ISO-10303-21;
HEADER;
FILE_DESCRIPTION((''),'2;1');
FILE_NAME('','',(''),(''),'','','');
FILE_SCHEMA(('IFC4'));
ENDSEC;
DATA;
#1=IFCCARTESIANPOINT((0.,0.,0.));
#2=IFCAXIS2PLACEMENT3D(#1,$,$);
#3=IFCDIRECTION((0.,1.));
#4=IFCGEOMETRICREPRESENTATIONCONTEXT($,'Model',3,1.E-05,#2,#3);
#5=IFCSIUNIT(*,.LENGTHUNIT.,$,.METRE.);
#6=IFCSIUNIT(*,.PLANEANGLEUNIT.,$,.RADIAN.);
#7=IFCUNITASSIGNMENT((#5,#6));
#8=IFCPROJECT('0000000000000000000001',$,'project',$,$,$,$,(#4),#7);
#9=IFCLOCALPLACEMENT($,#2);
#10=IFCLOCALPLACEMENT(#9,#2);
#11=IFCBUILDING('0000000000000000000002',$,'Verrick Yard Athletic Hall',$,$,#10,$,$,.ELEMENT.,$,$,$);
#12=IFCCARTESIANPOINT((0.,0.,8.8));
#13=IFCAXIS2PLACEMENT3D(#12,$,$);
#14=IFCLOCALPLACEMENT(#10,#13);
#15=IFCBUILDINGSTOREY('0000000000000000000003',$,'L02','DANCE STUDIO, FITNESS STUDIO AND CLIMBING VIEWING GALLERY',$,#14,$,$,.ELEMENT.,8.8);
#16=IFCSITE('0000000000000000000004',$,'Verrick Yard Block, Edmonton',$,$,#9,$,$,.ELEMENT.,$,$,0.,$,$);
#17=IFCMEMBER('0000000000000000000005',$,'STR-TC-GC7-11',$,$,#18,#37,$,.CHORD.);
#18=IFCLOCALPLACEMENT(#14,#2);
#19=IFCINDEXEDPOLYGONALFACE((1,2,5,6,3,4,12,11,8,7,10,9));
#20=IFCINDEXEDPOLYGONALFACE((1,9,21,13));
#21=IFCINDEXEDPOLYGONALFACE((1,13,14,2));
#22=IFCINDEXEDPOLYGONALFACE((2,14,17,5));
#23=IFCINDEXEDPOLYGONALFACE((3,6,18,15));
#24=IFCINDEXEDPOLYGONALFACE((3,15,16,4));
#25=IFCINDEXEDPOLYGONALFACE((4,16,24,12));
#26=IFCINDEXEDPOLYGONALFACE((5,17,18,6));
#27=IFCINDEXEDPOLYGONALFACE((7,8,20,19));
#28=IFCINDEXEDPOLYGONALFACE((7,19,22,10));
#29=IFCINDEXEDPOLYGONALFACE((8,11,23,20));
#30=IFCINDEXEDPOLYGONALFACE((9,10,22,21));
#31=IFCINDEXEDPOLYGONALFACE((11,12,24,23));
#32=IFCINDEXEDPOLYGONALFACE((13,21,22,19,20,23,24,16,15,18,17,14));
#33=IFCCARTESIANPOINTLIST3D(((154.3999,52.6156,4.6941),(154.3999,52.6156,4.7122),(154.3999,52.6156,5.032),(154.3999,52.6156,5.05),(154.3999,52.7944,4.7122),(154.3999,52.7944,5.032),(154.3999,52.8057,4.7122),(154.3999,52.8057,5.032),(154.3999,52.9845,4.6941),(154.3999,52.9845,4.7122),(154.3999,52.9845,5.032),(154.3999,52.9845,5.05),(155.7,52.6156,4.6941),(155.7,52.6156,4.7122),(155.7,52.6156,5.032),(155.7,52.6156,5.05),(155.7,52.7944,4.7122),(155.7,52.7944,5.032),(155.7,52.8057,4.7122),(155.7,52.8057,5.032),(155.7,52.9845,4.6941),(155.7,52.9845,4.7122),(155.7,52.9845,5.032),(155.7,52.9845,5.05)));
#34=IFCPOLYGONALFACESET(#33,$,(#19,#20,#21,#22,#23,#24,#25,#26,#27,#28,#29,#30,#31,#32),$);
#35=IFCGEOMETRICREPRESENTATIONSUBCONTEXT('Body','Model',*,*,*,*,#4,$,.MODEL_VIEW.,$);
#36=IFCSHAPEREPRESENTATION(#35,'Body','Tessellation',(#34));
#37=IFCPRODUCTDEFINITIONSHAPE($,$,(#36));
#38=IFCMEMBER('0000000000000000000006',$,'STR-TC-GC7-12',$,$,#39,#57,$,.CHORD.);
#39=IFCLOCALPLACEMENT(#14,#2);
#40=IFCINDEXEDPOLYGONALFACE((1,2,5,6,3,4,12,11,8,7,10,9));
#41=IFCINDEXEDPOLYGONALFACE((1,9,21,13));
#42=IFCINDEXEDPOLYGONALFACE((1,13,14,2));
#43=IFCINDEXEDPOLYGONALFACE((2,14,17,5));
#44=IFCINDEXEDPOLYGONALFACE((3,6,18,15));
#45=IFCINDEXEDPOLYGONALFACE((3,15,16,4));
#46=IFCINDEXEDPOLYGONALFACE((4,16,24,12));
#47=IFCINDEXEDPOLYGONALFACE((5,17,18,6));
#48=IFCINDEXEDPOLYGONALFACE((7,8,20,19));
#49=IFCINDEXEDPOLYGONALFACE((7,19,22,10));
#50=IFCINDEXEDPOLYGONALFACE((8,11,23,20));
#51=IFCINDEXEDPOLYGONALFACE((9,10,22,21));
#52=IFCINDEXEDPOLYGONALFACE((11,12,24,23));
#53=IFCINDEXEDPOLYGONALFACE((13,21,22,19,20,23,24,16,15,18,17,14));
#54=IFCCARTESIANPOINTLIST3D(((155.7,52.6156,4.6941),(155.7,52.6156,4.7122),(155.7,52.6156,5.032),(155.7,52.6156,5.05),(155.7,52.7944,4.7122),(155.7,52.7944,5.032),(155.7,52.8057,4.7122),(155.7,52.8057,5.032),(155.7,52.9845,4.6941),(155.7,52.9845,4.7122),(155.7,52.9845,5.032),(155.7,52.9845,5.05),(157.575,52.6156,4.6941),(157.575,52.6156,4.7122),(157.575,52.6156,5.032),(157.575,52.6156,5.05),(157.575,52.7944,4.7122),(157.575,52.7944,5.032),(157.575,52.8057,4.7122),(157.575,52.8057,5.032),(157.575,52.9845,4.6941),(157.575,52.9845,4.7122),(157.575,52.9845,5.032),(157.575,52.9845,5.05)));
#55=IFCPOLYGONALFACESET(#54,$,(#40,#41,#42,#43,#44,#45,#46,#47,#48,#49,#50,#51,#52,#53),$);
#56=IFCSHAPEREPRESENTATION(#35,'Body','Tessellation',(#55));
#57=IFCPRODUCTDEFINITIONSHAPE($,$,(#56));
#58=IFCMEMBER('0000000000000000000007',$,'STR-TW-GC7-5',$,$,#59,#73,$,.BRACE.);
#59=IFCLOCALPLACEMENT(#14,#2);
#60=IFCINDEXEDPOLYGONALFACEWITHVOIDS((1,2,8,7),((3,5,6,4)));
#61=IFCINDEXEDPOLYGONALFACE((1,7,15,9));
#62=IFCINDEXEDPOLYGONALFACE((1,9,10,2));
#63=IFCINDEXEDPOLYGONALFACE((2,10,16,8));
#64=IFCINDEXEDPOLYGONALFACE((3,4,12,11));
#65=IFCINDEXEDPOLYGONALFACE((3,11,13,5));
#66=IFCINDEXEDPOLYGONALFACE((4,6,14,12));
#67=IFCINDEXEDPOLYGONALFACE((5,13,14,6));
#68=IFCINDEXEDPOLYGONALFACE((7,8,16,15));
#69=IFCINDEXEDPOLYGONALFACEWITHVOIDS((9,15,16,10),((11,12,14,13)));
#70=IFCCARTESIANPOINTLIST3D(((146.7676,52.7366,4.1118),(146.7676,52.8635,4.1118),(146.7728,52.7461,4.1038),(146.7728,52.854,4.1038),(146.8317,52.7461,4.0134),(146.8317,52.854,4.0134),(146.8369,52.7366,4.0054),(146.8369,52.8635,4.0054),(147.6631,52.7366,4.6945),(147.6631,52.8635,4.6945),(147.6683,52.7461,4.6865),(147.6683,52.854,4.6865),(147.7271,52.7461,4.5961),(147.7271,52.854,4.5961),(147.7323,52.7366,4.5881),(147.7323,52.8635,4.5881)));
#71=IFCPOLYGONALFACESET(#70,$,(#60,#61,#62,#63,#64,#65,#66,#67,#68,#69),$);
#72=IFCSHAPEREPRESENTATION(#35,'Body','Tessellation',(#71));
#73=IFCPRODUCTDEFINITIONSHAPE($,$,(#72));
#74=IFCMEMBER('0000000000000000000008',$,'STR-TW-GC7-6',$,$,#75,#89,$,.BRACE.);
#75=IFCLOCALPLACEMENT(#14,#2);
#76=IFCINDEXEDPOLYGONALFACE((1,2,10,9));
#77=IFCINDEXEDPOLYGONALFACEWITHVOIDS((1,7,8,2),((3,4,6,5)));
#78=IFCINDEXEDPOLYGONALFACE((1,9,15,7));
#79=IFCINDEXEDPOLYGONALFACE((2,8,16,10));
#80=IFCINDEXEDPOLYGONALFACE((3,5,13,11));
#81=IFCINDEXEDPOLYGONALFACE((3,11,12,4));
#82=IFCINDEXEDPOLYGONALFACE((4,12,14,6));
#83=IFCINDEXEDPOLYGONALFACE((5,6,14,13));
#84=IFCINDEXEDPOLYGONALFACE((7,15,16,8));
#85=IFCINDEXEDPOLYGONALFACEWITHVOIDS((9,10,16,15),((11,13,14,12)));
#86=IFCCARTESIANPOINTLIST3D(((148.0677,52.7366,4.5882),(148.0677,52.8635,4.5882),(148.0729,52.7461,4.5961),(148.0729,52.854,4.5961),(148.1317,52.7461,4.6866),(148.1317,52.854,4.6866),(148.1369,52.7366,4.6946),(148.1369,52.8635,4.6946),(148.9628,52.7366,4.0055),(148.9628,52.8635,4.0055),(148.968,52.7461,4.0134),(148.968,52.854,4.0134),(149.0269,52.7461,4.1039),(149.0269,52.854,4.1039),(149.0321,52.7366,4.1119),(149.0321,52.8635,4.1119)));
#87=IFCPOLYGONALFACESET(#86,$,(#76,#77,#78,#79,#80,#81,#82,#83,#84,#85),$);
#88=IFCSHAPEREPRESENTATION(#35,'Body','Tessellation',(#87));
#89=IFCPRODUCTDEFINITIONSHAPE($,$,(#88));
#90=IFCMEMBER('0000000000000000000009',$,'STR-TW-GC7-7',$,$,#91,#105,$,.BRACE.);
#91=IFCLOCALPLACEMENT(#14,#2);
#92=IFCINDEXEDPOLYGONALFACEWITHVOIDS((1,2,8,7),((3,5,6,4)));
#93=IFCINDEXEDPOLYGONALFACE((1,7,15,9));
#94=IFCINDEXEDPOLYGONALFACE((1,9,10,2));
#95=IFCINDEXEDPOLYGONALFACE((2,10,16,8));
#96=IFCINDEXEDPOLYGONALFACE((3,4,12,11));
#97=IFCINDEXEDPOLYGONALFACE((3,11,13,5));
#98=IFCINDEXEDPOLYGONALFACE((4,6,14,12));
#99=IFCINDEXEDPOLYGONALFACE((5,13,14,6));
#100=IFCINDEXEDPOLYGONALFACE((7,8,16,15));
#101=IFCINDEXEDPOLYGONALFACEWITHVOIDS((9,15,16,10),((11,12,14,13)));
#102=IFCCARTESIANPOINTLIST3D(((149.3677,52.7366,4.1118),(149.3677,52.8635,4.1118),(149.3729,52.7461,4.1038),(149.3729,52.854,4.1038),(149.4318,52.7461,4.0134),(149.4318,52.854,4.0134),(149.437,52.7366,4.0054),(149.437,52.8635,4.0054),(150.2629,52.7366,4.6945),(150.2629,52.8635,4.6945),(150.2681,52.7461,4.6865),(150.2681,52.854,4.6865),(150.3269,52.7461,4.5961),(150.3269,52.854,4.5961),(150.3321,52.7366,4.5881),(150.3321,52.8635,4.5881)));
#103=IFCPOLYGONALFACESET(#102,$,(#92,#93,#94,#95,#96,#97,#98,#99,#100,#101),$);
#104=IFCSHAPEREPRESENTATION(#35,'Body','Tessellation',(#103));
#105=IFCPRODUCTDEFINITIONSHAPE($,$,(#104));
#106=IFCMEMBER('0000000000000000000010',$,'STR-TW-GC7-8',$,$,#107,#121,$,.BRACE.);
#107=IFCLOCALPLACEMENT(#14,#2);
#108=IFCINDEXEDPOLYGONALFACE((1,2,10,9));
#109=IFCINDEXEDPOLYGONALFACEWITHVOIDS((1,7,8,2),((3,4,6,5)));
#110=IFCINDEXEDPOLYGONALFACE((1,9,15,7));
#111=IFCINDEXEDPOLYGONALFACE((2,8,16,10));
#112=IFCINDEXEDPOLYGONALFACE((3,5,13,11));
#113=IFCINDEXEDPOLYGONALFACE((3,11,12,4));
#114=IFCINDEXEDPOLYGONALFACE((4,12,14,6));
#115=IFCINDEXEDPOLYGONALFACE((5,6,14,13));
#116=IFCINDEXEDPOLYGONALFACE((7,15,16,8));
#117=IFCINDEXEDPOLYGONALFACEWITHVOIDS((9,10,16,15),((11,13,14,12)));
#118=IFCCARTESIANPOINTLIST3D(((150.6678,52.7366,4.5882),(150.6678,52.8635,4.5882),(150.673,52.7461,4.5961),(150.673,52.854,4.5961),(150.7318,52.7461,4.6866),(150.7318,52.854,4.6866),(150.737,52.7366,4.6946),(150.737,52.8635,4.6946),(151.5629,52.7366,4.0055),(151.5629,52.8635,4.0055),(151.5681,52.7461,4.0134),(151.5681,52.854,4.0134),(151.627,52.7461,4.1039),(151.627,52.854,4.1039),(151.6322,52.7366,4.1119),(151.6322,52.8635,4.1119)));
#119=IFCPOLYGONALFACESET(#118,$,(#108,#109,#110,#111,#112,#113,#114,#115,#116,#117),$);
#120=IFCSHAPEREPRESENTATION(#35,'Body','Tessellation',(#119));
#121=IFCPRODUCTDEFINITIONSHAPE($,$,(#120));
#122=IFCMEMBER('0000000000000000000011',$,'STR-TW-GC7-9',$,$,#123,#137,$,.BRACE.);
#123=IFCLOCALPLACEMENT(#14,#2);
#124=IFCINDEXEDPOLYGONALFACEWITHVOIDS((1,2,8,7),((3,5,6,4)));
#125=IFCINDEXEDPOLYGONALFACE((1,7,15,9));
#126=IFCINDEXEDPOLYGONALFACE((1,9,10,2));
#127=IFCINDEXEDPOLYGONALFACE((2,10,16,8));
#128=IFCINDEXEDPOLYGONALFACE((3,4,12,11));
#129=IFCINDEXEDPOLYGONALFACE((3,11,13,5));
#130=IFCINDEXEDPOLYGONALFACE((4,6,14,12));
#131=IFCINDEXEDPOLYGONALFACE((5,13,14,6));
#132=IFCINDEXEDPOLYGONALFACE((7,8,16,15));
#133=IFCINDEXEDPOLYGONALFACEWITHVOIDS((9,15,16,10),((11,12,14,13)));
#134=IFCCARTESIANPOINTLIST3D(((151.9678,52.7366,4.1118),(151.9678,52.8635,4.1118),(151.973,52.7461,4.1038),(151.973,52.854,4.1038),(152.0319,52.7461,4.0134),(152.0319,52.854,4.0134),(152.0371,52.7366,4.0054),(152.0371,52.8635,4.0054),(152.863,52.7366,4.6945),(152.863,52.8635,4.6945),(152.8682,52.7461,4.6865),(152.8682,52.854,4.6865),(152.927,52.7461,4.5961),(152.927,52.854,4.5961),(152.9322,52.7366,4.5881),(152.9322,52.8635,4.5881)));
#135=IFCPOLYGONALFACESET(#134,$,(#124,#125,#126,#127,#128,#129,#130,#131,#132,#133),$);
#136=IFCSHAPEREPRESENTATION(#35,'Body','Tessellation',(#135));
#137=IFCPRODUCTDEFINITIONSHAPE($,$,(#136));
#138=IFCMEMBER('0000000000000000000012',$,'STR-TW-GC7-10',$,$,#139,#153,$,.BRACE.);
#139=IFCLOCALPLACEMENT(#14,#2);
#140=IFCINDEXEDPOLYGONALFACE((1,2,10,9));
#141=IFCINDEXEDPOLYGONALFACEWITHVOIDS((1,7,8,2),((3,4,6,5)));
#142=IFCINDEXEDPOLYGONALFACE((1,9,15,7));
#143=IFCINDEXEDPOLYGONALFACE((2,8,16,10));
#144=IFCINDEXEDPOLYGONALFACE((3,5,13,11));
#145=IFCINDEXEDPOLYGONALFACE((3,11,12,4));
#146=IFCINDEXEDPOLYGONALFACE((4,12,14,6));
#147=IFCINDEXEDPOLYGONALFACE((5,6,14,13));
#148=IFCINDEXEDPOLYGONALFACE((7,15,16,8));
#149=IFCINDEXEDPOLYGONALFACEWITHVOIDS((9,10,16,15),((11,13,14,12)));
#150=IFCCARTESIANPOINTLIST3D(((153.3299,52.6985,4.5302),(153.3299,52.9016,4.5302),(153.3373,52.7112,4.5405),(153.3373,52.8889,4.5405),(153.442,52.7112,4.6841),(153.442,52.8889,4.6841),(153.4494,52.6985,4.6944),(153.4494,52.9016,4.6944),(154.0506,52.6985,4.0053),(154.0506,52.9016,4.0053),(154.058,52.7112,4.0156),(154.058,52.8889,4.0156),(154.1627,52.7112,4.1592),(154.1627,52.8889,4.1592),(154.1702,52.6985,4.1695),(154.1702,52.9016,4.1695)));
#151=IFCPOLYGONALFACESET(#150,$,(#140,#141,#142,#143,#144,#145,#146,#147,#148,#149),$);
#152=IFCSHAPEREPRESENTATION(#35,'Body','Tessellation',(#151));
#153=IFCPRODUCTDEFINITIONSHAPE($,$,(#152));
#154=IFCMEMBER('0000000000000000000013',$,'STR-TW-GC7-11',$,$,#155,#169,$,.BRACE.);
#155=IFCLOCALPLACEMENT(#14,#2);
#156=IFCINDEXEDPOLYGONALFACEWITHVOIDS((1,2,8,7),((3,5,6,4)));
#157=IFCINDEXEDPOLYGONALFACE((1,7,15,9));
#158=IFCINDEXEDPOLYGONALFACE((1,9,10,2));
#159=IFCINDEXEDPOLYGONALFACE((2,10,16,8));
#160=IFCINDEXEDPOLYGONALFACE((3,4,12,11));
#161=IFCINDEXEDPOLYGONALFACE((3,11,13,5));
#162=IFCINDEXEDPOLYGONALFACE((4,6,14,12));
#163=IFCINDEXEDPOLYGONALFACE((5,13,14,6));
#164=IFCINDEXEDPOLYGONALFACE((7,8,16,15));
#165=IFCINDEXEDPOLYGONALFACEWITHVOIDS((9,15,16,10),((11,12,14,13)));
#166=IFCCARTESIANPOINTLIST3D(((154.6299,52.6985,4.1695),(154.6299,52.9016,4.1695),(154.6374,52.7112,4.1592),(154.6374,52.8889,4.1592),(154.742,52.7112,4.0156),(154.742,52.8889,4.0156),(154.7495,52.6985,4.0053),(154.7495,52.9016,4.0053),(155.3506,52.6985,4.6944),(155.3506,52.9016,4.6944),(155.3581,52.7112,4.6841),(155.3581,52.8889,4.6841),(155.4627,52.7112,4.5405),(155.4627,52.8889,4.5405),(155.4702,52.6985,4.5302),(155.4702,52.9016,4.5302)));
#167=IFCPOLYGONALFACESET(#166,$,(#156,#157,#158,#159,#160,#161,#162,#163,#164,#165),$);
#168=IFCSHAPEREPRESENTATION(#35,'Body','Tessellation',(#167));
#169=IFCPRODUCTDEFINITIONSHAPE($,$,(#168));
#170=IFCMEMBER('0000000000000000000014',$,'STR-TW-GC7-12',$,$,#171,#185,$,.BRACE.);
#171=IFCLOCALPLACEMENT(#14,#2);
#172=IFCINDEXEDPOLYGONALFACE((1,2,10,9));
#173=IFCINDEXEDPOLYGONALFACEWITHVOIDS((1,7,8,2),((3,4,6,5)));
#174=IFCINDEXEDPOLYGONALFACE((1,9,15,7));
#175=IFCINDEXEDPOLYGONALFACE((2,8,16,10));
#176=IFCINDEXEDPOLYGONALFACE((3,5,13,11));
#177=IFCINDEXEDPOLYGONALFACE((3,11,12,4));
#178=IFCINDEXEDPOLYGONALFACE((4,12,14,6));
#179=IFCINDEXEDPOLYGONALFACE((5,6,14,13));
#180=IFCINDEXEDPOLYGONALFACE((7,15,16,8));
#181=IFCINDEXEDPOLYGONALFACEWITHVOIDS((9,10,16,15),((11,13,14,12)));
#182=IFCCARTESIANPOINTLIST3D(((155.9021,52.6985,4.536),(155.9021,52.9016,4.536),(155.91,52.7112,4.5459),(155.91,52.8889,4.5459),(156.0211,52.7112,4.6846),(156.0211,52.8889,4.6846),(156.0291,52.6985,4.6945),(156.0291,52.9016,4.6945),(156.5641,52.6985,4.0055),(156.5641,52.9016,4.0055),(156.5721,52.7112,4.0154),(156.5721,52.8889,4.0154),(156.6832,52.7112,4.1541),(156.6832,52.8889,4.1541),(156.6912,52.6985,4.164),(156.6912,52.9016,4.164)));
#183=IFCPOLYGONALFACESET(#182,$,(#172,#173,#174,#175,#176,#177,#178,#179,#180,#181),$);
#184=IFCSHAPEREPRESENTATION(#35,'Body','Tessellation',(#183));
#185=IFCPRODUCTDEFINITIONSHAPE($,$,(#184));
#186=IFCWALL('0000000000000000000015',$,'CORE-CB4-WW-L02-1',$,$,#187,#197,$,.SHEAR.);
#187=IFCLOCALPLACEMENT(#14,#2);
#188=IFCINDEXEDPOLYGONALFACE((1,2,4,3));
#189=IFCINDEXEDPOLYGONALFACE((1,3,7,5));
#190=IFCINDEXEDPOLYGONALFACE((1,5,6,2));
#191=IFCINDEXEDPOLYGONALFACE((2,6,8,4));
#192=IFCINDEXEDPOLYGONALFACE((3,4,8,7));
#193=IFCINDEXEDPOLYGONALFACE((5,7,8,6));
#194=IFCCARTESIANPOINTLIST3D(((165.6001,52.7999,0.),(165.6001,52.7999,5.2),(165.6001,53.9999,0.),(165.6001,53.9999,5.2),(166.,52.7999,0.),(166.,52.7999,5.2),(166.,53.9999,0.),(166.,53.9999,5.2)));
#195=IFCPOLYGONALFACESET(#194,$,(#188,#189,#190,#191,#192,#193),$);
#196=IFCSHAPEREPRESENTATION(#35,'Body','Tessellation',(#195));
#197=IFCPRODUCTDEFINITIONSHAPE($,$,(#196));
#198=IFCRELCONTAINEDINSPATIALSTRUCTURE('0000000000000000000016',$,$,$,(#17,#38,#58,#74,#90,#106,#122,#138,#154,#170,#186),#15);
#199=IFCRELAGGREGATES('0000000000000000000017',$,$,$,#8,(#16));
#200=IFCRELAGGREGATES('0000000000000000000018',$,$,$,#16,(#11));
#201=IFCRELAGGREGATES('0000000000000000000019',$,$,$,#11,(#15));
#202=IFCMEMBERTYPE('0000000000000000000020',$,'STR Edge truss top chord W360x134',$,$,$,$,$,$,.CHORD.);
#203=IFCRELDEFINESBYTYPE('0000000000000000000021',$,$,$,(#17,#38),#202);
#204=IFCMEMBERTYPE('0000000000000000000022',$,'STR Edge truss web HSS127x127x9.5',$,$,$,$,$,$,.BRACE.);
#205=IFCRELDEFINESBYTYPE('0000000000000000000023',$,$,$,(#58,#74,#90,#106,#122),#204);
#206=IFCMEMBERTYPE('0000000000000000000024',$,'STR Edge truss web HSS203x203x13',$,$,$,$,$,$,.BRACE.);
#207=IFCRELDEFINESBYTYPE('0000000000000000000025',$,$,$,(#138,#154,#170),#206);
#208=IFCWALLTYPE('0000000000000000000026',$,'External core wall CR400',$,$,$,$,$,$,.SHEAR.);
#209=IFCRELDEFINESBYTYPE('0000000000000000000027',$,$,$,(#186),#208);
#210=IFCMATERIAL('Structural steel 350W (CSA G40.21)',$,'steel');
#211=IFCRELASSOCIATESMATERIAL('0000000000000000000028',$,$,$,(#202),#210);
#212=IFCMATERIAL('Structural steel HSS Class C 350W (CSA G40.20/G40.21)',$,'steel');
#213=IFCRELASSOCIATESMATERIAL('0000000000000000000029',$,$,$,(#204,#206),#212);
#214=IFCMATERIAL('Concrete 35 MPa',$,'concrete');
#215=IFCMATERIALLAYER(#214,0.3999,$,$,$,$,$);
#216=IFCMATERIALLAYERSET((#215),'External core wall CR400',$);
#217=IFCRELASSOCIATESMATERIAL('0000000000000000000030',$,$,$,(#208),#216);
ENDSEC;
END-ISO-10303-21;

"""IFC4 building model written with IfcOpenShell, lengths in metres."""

from ifc_helpers import new_model, si_unit, direction, frame, frame_2d, origin, origin_2d, place, context, subcontext, project, spatial, rectangle, hollow_rectangle, i_section, extrude, material, layer, layer_set, material_profile, profile_set, type_object, element, save


model = new_model("IFC4")

# Units and contexts
model_context = context("Model", 3, precision=1e-05, world=origin(), true_north=direction((0.0, 1.0)))
body_context = subcontext(model_context, "Body", "Model", "MODEL_VIEW")
ifc_project = project(units=[si_unit("LENGTHUNIT", "METRE"), si_unit("PLANEANGLEUNIT", "RADIAN")], contexts=[model_context])

# Site, building, storey
site_placement = place(None, origin())
site = spatial("IfcSite", under=ifc_project, at=site_placement, Name="Verrick Yard Block, Edmonton", CompositionType="ELEMENT", RefElevation=0.0)
building_placement = place(site_placement, origin())
building = spatial("IfcBuilding", under=site, at=building_placement, Name="Verrick Yard Athletic Hall", CompositionType="ELEMENT")
storey_placement = place(building_placement, frame((0.0, 0.0, 8.8)))
storey = spatial("IfcBuildingStorey", under=building, at=storey_placement, Name="L02", Description="DANCE STUDIO, FITNESS STUDIO AND CLIMBING VIEWING GALLERY", CompositionType="ELEMENT", Elevation=8.8)

# Shared definitions
ifc_material_1 = material(Name="Structural steel 350W (CSA G40.21)", Category="steel")
ifc_material_2 = material(Name="Concrete 35 MPa", Category="concrete")

# Shared definitions
ifc_material_3 = material(Name="Structural steel HSS Class C 350W (CSA G40.20/G40.21)", Category="steel")

# Members
ifc_material_profile_1 = material_profile(ifc_material_1, i_section(OverallWidth=0.3689, OverallDepth=0.356, WebThickness=0.0112, FlangeThickness=0.0181, at=origin_2d()), Name="W360x134")
ifc_profile_set_1 = profile_set([ifc_material_profile_1], Name="Structural steel 350W (CSA G40.21)")
member_type_1 = type_object("IfcMemberType", Name="STR Edge truss top chord W360x134", PredefinedType="CHORD", material=ifc_profile_set_1)
member_1_placement = place(storey_placement, frame((154.3999, 52.8, 4.8721), z_axis=(1.0, 0.0, 0.0), x_axis=(0.0, 1.0, 0.0)))
element("IfcMember", 1, at=member_1_placement, inside=storey, type_object=member_type_1, Name="STR-TC-GC7-11", PredefinedType="CHORD", context=body_context, shape_type="SweptSolid", body=[
    extrude(i_section(OverallWidth=0.3689, OverallDepth=0.356, WebThickness=0.0112, FlangeThickness=0.0181, at=origin_2d()), origin(), (0.0, 0.0, 1.0), 1.3),
])
member_2_placement = place(storey_placement, frame((155.7, 52.8, 4.8721), z_axis=(1.0, 0.0, 0.0), x_axis=(0.0, 1.0, 0.0)))
element("IfcMember", 2, at=member_2_placement, inside=storey, type_object=member_type_1, Name="STR-TC-GC7-12", PredefinedType="CHORD", context=body_context, shape_type="SweptSolid", body=[
    extrude(i_section(OverallWidth=0.3689, OverallDepth=0.356, WebThickness=0.0112, FlangeThickness=0.0181, at=origin_2d()), origin(), (0.0, 0.0, 1.0), 1.875),
])
ifc_material_profile_2 = material_profile(ifc_material_3, hollow_rectangle(XDim=0.127, YDim=0.127, WallThickness=0.0095, at=origin_2d()), Name="HSS127x127x9.5")
ifc_profile_set_2 = profile_set([ifc_material_profile_2], Name="Structural steel HSS Class C 350W (CSA G40.20/G40.21)")
member_type_2 = type_object("IfcMemberType", Name="STR Edge truss web HSS127x127x9.5", PredefinedType="BRACE", material=ifc_profile_set_2)
member_3_placement = place(storey_placement, frame((146.8022, 52.8, 4.0586), z_axis=(0.838151, 0.0, 0.545438), x_axis=(0.0, 1.0, 0.0)))
element("IfcMember", 3, at=member_3_placement, inside=storey, type_object=member_type_2, Name="STR-TW-GC7-5", PredefinedType="BRACE", context=body_context, shape_type="SweptSolid", body=[
    extrude(hollow_rectangle(XDim=0.127, YDim=0.127, WallThickness=0.0095, at=origin_2d()), origin(), (0.0, 0.0, 1.0), 1.0684),
])
for number, where, z_axis, x_axis, name in (
    (4, (148.1023, 52.8, 4.6414), (0.838083, 0.0, -0.545543), (0.0, 1.0, 0.0), "STR-TW-GC7-6"),
    (5, (149.4023, 52.8, 4.0586), (0.838083, 0.0, 0.545543), (0.0, 1.0, 0.0), "STR-TW-GC7-7"),
    (6, (150.7024, 52.8, 4.6414), (0.838083, 0.0, -0.545543), (0.0, 1.0, 0.0), "STR-TW-GC7-8"),
    (7, (152.0024, 52.8, 4.0586), (0.838083, 0.0, 0.545543), (0.0, 1.0, 0.0), "STR-TW-GC7-9"),
):
    element("IfcMember", number, at=place(storey_placement, frame(where, z_axis=z_axis, x_axis=x_axis)), inside=storey, type_object=member_type_2, Name=name, PredefinedType="BRACE", context=body_context, shape_type="SweptSolid", body=[
        extrude(hollow_rectangle(XDim=0.127, YDim=0.127, WallThickness=0.0095, at=origin_2d()), origin(), (0.0, 0.0, 1.0), 1.0681),
    ])
ifc_material_profile_3 = material_profile(ifc_material_3, hollow_rectangle(XDim=0.2031, YDim=0.2031, WallThickness=0.0127, at=origin_2d()), Name="HSS203x203x13")
ifc_profile_set_3 = profile_set([ifc_material_profile_3], Name="Structural steel HSS Class C 350W (CSA G40.20/G40.21)")
member_type_3 = type_object("IfcMemberType", Name="STR Edge truss web HSS203x203x13", PredefinedType="BRACE", material=ifc_profile_set_3)
for number, where, z_axis, x_axis, name in (
    (8, (153.3896, 52.8, 4.6123), (0.808333, 0.0, -0.588725), (0.0, 1.0, 0.0), "STR-TW-GC7-10"),
    (9, (154.6897, 52.8, 4.0874), (0.808333, 0.0, 0.588725), (0.0, 1.0, 0.0), "STR-TW-GC7-11"),
):
    element("IfcMember", number, at=place(storey_placement, frame(where, z_axis=z_axis, x_axis=x_axis)), inside=storey, type_object=member_type_3, Name=name, PredefinedType="BRACE", context=body_context, shape_type="SweptSolid", body=[
        extrude(hollow_rectangle(XDim=0.2031, YDim=0.2031, WallThickness=0.0127, at=origin_2d()), origin(), (0.0, 0.0, 1.0), 0.8916),
    ])
member_4_placement = place(storey_placement, frame((155.9656, 52.8, 4.6152), z_axis=(0.780391, 0.0, -0.625291), x_axis=(0.0, 1.0, 0.0)))
element("IfcMember", 10, at=member_4_placement, inside=storey, type_object=member_type_3, Name="STR-TW-GC7-12", PredefinedType="BRACE", context=body_context, shape_type="SweptSolid", body=[
    extrude(hollow_rectangle(XDim=0.2031, YDim=0.2031, WallThickness=0.0127, at=origin_2d()), origin(), (0.0, 0.0, 1.0), 0.8484),
])

# Wall
ifc_layer_1 = layer(ifc_material_2, 0.3999)
ifc_layer_set_1 = layer_set([ifc_layer_1], Name="External core wall CR400")
wall_type = type_object("IfcWallType", Name="External core wall CR400", PredefinedType="SHEAR", material=ifc_layer_set_1)
wall_1_placement = place(storey_placement, frame((165.8, 54.0, 0.0), z_axis=(0.0, 0.0, 1.0), x_axis=(0.0, -1.0, 0.0)))
element("IfcWall", 11, at=wall_1_placement, inside=storey, type_object=wall_type, Name="CORE-CB4-WW-L02-1", PredefinedType="SHEAR", context=body_context, shape_type="SweptSolid", body=[
    extrude(rectangle(XDim=1.2, YDim=0.3999, at=frame_2d((0.6001, 0.0))), origin(), (0.0, 0.0, 1.0), 5.2),
])

save(model, "model.ifc")
